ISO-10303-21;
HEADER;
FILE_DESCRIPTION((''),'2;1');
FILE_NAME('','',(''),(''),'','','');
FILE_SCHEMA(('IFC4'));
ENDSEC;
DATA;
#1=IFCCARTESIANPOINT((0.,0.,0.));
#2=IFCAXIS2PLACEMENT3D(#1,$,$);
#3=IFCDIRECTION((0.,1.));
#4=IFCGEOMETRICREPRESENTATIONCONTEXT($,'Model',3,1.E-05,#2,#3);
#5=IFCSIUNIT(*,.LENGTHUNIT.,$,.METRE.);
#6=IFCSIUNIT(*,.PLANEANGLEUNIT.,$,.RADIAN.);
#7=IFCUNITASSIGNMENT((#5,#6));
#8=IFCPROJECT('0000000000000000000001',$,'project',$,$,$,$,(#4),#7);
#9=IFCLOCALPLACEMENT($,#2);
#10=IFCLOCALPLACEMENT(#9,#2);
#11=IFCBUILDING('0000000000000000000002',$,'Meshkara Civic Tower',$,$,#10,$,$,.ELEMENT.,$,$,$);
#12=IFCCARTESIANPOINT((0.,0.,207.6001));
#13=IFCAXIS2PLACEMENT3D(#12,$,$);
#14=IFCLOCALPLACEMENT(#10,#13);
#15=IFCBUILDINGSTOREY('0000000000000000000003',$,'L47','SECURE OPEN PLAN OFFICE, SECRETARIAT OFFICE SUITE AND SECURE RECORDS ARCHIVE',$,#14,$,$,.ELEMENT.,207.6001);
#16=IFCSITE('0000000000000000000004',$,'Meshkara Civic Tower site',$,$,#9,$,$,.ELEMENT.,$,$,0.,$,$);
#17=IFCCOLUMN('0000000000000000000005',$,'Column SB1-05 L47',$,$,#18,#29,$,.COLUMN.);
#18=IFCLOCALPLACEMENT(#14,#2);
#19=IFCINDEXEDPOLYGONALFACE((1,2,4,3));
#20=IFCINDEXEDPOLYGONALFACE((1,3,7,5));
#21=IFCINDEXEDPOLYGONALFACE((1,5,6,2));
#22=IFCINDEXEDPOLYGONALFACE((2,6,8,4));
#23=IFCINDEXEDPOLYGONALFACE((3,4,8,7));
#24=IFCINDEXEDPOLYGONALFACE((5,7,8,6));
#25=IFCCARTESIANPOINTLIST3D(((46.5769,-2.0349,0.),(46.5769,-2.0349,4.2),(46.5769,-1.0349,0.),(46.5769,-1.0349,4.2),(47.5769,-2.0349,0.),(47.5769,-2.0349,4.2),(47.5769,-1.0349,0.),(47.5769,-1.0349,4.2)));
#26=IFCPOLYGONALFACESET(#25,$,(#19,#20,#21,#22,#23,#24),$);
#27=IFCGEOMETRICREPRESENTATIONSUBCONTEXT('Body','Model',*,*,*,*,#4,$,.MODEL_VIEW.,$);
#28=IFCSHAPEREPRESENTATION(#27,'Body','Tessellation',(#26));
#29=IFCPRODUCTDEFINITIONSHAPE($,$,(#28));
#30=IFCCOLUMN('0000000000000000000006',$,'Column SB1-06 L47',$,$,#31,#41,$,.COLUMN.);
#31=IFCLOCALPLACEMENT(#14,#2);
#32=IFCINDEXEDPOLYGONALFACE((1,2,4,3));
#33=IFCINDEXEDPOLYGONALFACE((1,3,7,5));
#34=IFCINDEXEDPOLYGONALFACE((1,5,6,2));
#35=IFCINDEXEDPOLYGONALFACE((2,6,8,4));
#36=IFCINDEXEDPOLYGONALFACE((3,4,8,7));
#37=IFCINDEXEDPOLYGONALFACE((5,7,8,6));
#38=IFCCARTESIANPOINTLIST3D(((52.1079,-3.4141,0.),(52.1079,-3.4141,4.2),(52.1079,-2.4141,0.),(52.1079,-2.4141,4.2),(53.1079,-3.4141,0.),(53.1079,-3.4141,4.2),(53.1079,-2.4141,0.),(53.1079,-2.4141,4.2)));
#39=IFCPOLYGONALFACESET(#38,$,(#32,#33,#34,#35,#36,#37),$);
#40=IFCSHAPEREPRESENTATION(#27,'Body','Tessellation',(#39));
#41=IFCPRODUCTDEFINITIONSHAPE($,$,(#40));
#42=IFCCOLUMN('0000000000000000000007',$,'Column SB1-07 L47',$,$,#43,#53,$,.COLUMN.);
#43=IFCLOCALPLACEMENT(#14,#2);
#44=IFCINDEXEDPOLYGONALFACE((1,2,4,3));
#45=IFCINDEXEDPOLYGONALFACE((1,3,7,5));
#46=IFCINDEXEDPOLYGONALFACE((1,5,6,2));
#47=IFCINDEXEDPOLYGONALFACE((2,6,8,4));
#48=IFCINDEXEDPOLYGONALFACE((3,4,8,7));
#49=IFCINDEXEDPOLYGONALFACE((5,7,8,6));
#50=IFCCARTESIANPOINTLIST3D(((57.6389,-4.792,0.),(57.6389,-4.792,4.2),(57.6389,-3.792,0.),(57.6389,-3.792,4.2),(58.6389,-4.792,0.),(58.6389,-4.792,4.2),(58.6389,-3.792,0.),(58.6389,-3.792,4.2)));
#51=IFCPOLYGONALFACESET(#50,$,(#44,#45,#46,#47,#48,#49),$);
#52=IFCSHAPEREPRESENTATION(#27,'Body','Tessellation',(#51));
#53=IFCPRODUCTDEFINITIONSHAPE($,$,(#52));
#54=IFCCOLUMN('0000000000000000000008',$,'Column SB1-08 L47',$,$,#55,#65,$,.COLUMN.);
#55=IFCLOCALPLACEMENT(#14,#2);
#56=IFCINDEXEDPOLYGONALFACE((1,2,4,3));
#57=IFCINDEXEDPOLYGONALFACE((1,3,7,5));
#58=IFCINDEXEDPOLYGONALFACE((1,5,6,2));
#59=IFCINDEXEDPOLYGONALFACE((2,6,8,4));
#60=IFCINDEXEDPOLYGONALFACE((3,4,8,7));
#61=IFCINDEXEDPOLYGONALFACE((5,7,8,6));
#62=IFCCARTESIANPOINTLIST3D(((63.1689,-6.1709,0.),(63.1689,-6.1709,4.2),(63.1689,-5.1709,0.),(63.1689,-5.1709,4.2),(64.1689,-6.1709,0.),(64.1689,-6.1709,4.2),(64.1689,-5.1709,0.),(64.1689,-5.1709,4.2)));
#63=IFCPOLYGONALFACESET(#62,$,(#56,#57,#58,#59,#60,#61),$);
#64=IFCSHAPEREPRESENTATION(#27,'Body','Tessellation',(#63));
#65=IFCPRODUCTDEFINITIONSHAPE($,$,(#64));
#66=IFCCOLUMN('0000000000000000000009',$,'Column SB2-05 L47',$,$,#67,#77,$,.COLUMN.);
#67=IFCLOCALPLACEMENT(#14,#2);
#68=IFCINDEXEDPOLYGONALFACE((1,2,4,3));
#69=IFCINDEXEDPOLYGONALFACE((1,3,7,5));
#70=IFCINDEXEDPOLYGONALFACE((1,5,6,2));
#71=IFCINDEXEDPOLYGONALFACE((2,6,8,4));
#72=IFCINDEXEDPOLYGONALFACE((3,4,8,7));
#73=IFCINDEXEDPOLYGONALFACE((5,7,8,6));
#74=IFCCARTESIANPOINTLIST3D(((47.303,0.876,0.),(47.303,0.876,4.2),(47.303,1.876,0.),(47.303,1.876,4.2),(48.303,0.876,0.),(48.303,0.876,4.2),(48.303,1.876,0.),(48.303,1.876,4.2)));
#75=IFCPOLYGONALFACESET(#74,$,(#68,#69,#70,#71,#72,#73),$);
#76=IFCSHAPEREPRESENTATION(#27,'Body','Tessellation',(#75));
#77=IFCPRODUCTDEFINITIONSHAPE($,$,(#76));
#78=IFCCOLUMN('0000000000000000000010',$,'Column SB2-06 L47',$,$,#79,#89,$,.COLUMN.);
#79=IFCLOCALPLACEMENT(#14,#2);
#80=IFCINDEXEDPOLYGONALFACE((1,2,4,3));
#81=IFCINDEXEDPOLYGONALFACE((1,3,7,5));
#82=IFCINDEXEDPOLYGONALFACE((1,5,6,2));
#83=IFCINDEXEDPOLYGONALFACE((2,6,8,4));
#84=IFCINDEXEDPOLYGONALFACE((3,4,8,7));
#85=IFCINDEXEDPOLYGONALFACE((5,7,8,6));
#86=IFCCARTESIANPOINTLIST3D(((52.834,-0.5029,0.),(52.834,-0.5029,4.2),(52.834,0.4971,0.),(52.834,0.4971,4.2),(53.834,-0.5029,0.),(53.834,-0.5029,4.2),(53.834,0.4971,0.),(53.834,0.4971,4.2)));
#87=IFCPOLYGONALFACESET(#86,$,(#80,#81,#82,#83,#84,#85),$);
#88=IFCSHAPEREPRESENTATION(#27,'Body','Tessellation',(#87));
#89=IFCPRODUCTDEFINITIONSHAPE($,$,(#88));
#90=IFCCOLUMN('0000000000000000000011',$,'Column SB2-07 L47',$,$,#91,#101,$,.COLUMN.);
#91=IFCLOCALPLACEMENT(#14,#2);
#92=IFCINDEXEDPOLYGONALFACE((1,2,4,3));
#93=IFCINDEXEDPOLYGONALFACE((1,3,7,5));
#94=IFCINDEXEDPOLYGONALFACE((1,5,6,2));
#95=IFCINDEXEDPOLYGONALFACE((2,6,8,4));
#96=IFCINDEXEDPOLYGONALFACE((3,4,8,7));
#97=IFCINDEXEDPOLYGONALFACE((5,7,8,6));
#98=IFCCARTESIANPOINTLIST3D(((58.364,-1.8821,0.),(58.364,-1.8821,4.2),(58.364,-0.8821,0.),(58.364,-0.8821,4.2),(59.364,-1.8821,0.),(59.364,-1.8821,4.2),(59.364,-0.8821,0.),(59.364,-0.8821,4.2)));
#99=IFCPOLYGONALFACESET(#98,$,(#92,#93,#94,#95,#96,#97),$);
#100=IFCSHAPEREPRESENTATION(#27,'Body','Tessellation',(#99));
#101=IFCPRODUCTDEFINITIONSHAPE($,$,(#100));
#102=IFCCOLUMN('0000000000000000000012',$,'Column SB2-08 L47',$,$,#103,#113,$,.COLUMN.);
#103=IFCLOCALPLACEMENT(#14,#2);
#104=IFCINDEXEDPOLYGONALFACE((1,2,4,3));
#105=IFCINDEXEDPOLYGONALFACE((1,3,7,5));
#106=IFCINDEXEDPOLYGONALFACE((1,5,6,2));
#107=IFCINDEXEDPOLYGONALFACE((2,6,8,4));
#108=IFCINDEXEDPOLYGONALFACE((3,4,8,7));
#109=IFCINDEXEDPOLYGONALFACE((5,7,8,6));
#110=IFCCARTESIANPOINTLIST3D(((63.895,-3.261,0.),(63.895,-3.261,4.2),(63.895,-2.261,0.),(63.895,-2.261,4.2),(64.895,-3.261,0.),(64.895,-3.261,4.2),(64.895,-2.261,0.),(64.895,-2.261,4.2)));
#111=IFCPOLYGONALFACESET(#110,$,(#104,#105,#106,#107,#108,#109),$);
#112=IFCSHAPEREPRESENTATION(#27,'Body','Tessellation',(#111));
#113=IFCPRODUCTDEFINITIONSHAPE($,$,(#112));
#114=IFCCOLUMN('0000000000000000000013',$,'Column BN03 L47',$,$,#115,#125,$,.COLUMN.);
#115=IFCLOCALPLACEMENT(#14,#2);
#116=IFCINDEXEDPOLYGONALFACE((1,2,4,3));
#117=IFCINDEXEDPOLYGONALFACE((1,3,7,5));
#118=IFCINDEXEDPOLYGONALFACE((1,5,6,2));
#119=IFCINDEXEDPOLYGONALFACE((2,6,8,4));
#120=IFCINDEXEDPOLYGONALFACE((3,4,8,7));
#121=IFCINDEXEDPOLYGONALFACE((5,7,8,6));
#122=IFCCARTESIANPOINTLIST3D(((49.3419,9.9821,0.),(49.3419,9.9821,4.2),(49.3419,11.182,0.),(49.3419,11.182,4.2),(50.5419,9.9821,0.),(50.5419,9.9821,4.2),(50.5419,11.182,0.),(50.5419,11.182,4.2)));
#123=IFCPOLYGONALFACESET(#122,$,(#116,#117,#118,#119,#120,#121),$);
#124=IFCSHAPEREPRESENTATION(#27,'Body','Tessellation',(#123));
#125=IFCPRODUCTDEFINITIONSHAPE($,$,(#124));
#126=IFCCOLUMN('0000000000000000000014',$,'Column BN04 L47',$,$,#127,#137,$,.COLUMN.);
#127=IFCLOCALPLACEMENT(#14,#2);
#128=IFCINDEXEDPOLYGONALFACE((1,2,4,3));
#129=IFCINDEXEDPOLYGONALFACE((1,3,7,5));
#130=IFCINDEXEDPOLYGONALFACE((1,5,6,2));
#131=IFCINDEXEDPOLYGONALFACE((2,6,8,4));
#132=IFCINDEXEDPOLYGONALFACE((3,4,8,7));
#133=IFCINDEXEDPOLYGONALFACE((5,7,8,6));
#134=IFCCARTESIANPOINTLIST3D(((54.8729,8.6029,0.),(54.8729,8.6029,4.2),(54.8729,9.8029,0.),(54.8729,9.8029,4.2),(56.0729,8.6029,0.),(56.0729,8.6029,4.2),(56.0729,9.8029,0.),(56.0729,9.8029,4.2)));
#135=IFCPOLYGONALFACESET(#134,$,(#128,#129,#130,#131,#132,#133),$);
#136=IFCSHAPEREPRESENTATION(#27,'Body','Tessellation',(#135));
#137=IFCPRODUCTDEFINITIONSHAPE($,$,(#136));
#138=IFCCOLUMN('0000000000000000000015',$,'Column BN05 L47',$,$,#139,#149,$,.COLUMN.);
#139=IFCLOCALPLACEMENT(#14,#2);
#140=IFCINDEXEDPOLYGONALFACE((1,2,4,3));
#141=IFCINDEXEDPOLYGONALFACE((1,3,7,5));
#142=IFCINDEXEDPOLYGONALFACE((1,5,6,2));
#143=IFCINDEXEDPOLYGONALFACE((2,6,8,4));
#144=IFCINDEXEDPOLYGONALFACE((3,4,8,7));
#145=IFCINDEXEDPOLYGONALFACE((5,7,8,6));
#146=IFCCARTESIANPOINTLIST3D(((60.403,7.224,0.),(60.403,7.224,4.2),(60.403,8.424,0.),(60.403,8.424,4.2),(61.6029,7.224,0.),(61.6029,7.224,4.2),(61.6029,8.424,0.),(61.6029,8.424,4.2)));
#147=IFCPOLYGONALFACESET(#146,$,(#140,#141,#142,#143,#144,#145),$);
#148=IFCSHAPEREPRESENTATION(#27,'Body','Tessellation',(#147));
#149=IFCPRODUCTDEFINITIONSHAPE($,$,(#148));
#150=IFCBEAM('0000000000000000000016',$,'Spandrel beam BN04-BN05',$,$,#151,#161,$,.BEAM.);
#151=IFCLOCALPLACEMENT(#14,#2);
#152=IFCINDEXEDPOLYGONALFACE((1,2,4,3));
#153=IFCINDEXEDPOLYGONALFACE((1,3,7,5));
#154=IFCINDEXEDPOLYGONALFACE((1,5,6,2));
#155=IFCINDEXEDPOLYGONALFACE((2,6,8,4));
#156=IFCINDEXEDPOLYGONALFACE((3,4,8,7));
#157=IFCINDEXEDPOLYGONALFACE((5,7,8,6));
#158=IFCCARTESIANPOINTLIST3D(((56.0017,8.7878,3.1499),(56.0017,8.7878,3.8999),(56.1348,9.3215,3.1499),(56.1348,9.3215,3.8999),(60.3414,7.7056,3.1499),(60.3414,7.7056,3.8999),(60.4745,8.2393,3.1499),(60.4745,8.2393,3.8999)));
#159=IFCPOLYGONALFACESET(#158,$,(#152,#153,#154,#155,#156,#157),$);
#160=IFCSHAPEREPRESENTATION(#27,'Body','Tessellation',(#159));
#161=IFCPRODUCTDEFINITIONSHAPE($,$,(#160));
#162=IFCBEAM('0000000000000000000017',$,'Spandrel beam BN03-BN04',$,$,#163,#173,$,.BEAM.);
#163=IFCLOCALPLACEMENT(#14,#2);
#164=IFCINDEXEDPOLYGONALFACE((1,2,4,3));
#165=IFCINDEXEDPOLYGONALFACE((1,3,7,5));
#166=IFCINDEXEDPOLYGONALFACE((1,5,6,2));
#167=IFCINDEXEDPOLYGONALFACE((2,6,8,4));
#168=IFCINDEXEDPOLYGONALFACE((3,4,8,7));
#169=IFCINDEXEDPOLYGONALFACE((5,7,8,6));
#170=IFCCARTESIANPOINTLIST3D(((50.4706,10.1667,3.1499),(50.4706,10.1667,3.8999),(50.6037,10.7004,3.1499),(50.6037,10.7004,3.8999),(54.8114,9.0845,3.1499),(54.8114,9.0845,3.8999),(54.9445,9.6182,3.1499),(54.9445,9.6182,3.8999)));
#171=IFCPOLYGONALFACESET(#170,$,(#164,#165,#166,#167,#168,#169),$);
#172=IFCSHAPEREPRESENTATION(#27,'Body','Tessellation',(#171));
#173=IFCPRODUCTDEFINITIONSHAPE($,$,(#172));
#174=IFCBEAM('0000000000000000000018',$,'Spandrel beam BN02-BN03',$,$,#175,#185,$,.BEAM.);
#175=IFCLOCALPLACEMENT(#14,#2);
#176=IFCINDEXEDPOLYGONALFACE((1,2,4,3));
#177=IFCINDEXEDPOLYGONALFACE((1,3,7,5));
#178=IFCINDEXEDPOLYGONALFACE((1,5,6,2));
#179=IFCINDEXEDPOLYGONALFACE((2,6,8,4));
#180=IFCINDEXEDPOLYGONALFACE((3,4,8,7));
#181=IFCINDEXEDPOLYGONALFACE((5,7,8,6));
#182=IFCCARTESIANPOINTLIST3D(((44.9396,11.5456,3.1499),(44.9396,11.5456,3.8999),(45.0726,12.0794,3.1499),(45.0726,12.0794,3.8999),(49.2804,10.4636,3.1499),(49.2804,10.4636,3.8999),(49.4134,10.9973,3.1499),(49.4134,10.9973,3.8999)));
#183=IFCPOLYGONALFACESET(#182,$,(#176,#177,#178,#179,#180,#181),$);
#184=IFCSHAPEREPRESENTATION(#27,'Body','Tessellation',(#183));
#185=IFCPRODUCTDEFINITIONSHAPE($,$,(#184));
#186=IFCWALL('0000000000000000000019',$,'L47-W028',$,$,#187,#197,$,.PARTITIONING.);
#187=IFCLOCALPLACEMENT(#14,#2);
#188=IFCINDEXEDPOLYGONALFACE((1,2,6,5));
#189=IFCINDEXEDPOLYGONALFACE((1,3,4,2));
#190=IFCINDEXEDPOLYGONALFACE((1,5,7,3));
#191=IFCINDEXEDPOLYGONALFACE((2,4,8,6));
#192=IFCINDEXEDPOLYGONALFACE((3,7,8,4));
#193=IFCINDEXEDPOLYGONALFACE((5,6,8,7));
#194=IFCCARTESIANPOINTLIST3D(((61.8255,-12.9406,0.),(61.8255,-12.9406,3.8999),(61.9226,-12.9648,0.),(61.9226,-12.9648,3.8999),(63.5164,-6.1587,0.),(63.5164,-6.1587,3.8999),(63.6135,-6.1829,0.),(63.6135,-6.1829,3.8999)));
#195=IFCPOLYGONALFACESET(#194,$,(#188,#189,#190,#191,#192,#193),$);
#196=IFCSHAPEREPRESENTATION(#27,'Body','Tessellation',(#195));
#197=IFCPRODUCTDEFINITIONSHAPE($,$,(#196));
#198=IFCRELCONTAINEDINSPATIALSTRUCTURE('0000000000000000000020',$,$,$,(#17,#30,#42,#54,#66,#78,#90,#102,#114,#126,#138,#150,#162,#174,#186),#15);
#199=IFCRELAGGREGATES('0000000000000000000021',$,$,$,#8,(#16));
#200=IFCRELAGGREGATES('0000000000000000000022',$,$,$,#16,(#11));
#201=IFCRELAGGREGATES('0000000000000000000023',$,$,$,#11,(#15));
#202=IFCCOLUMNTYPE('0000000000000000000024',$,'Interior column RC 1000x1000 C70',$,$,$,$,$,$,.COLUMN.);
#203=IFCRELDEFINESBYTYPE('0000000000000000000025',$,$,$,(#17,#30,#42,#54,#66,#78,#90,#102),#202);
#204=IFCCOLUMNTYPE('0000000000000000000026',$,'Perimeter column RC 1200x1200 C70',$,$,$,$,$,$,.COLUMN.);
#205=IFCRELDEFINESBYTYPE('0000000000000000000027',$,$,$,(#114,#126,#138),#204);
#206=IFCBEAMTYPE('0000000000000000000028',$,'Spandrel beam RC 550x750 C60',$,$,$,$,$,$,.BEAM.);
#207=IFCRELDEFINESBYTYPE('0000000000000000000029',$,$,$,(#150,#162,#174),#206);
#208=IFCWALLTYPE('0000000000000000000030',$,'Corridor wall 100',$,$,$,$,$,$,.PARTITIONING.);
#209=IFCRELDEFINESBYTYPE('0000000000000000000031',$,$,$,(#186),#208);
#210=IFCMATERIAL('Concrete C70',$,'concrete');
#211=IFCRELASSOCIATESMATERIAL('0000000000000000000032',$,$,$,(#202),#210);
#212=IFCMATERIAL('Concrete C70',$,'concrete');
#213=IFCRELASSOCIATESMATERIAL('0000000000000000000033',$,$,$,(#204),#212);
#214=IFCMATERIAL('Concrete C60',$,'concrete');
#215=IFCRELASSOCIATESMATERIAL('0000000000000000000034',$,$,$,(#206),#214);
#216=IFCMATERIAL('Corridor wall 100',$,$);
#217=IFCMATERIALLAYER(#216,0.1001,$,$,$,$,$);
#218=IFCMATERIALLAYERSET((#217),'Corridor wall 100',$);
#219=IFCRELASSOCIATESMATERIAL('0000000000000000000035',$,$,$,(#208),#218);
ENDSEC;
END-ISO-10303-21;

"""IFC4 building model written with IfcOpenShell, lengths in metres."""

from ifc_helpers import new_model, si_unit, direction, frame, frame_2d, origin, origin_2d, place, context, subcontext, project, spatial, rectangle, extrude, material, layer, layer_set, material_profile, profile_set, type_object, element, save


model = new_model("IFC4")

# Units and contexts
model_context = context("Model", 3, precision=1e-05, world=origin(), true_north=direction((0.0, 1.0)))
body_context = subcontext(model_context, "Body", "Model", "MODEL_VIEW")
ifc_project = project(units=[si_unit("LENGTHUNIT", "METRE"), si_unit("PLANEANGLEUNIT", "RADIAN")], contexts=[model_context])

# Site, building, storey
site_placement = place(None, origin())
site = spatial("IfcSite", under=ifc_project, at=site_placement, Name="Meshkara Civic Tower site", CompositionType="ELEMENT", RefElevation=0.0)
building_placement = place(site_placement, origin())
building = spatial("IfcBuilding", under=site, at=building_placement, Name="Meshkara Civic Tower", CompositionType="ELEMENT")
storey_placement = place(building_placement, frame((0.0, 0.0, 207.6001)))
storey = spatial("IfcBuildingStorey", under=building, at=storey_placement, Name="L47", Description="SECURE OPEN PLAN OFFICE, SECRETARIAT OFFICE SUITE AND SECURE RECORDS ARCHIVE", CompositionType="ELEMENT", Elevation=207.6001)

# Columns
ifc_material_1 = material(Name="Concrete C70", Category="concrete")
ifc_material_profile_1 = material_profile(ifc_material_1, rectangle(XDim=1.0, YDim=1.0, at=origin_2d()))
ifc_profile_set_1 = profile_set([ifc_material_profile_1], Name="Concrete C70")
column_type_1 = type_object("IfcColumnType", Name="Interior column RC 1000x1000 C70", PredefinedType="COLUMN", material=ifc_profile_set_1)
for number, where, z_axis, x_axis, name in (
    (1, (47.0769, -1.5349, 0.0), (0.0, 0.0, 1.0), (1.0, 0.0, 0.0), "Column SB1-05 L47"),
    (2, (52.6079, -2.9141, 0.0), (0.0, 0.0, 1.0), (1.0, 0.0, 0.0), "Column SB1-06 L47"),
    (3, (58.1389, -4.292, 0.0), (0.0, 0.0, 1.0), (1.0, 0.0, 0.0), "Column SB1-07 L47"),
    (4, (63.6689, -5.6709, 0.0), (0.0, 0.0, 1.0), (1.0, 0.0, 0.0), "Column SB1-08 L47"),
    (5, (47.803, 1.376, 0.0), (0.0, 0.0, 1.0), (1.0, 0.0, 0.0), "Column SB2-05 L47"),
    (6, (53.334, -0.0029, 0.0), (0.0, 0.0, 1.0), (1.0, 0.0, 0.0), "Column SB2-06 L47"),
    (7, (58.864, -1.3821, 0.0), (0.0, 0.0, 1.0), (1.0, 0.0, 0.0), "Column SB2-07 L47"),
    (8, (64.395, -2.761, 0.0), (0.0, 0.0, 1.0), (1.0, 0.0, 0.0), "Column SB2-08 L47"),
):
    element("IfcColumn", number, at=place(storey_placement, frame(where, z_axis=z_axis, x_axis=x_axis)), inside=storey, type_object=column_type_1, Name=name, PredefinedType="COLUMN", context=body_context, shape_type="SweptSolid", body=[
        extrude(rectangle(XDim=1.0, YDim=1.0, at=origin_2d()), origin(), (0.0, 0.0, 1.0), 4.2),
    ])
ifc_material_2 = material(Name="Concrete C70", Category="concrete")
ifc_material_profile_2 = material_profile(ifc_material_2, rectangle(XDim=1.2, YDim=1.2, at=origin_2d()))
ifc_profile_set_2 = profile_set([ifc_material_profile_2], Name="Concrete C70")
column_type_2 = type_object("IfcColumnType", Name="Perimeter column RC 1200x1200 C70", PredefinedType="COLUMN", material=ifc_profile_set_2)
for number, where, z_axis, x_axis, name in (
    (9, (49.9419, 10.582, 0.0), (0.0, 0.0, 1.0), (1.0, 0.0, 0.0), "Column BN03 L47"),
    (10, (55.4729, 9.2029, 0.0), (0.0, 0.0, 1.0), (1.0, 0.0, 0.0), "Column BN04 L47"),
    (11, (61.0029, 7.824, 0.0), (0.0, 0.0, 1.0), (1.0, 0.0, 0.0), "Column BN05 L47"),
):
    element("IfcColumn", number, at=place(storey_placement, frame(where, z_axis=z_axis, x_axis=x_axis)), inside=storey, type_object=column_type_2, Name=name, PredefinedType="COLUMN", context=body_context, shape_type="SweptSolid", body=[
        extrude(rectangle(XDim=1.2, YDim=1.2, at=origin_2d()), origin(), (0.0, 0.0, 1.0), 4.2),
    ])

# Beams
ifc_material_3 = material(Name="Concrete C60", Category="concrete")
ifc_material_profile_3 = material_profile(ifc_material_3, rectangle(XDim=0.55, YDim=0.75, at=origin_2d()))
ifc_profile_set_3 = profile_set([ifc_material_profile_3], Name="Concrete C60")
beam_type = type_object("IfcBeamType", Name="Spandrel beam RC 550x750 C60", PredefinedType="BEAM", material=ifc_profile_set_3)
beam_placement = place(storey_placement, frame((60.408, 7.9724, 3.5249), z_axis=(-0.970284, 0.24197, 0.0), x_axis=(-0.24197, -0.970284, 0.0)))
element("IfcBeam", 12, at=beam_placement, inside=storey, type_object=beam_type, Name="Spandrel beam BN04-BN05", PredefinedType="BEAM", context=body_context, shape_type="SweptSolid", body=[
    extrude(rectangle(XDim=0.55, YDim=0.75, at=origin_2d()), origin(), (0.0, 0.0, 1.0), 4.4727),
])
for number, where, z_axis, x_axis, name in (
    (13, (54.8779, 9.3513, 3.5249), (-0.970296, 0.241919, 0.0), (-0.241919, -0.970296, 0.0), "Spandrel beam BN03-BN04"),
    (14, (49.3469, 10.7305, 3.5249), (-0.970309, 0.241868, 0.0), (-0.241868, -0.970309, 0.0), "Spandrel beam BN02-BN03"),
):
    element("IfcBeam", number, at=place(storey_placement, frame(where, z_axis=z_axis, x_axis=x_axis)), inside=storey, type_object=beam_type, Name=name, PredefinedType="BEAM", context=body_context, shape_type="SweptSolid", body=[
        extrude(rectangle(XDim=0.55, YDim=0.75, at=origin_2d()), origin(), (0.0, 0.0, 1.0), 4.4736),
    ])

# Wall
ifc_material_4 = material(Name="Corridor wall 100")
ifc_layer_1 = layer(ifc_material_4, 0.1001)
ifc_layer_set_1 = layer_set([ifc_layer_1], Name="Corridor wall 100")
wall_type_1 = type_object("IfcWallType", Name="Corridor wall 100", PredefinedType="PARTITIONING", material=ifc_layer_set_1)
wall_1_placement = place(storey_placement, frame((63.5649, -6.1709, 0.0), z_axis=(0.0, 0.0, 1.0), x_axis=(-0.241919, -0.970296, 0.0)))
element("IfcWall", 15, at=wall_1_placement, inside=storey, type_object=wall_type_1, Name="L47-W028", PredefinedType="PARTITIONING", context=body_context, shape_type="SweptSolid", body=[
    extrude(rectangle(XDim=6.9895, YDim=0.1001, at=frame_2d((3.4946, 0.0))), origin(), (0.0, 0.0, 1.0), 3.8999),
])

save(model, "model.ifc")
